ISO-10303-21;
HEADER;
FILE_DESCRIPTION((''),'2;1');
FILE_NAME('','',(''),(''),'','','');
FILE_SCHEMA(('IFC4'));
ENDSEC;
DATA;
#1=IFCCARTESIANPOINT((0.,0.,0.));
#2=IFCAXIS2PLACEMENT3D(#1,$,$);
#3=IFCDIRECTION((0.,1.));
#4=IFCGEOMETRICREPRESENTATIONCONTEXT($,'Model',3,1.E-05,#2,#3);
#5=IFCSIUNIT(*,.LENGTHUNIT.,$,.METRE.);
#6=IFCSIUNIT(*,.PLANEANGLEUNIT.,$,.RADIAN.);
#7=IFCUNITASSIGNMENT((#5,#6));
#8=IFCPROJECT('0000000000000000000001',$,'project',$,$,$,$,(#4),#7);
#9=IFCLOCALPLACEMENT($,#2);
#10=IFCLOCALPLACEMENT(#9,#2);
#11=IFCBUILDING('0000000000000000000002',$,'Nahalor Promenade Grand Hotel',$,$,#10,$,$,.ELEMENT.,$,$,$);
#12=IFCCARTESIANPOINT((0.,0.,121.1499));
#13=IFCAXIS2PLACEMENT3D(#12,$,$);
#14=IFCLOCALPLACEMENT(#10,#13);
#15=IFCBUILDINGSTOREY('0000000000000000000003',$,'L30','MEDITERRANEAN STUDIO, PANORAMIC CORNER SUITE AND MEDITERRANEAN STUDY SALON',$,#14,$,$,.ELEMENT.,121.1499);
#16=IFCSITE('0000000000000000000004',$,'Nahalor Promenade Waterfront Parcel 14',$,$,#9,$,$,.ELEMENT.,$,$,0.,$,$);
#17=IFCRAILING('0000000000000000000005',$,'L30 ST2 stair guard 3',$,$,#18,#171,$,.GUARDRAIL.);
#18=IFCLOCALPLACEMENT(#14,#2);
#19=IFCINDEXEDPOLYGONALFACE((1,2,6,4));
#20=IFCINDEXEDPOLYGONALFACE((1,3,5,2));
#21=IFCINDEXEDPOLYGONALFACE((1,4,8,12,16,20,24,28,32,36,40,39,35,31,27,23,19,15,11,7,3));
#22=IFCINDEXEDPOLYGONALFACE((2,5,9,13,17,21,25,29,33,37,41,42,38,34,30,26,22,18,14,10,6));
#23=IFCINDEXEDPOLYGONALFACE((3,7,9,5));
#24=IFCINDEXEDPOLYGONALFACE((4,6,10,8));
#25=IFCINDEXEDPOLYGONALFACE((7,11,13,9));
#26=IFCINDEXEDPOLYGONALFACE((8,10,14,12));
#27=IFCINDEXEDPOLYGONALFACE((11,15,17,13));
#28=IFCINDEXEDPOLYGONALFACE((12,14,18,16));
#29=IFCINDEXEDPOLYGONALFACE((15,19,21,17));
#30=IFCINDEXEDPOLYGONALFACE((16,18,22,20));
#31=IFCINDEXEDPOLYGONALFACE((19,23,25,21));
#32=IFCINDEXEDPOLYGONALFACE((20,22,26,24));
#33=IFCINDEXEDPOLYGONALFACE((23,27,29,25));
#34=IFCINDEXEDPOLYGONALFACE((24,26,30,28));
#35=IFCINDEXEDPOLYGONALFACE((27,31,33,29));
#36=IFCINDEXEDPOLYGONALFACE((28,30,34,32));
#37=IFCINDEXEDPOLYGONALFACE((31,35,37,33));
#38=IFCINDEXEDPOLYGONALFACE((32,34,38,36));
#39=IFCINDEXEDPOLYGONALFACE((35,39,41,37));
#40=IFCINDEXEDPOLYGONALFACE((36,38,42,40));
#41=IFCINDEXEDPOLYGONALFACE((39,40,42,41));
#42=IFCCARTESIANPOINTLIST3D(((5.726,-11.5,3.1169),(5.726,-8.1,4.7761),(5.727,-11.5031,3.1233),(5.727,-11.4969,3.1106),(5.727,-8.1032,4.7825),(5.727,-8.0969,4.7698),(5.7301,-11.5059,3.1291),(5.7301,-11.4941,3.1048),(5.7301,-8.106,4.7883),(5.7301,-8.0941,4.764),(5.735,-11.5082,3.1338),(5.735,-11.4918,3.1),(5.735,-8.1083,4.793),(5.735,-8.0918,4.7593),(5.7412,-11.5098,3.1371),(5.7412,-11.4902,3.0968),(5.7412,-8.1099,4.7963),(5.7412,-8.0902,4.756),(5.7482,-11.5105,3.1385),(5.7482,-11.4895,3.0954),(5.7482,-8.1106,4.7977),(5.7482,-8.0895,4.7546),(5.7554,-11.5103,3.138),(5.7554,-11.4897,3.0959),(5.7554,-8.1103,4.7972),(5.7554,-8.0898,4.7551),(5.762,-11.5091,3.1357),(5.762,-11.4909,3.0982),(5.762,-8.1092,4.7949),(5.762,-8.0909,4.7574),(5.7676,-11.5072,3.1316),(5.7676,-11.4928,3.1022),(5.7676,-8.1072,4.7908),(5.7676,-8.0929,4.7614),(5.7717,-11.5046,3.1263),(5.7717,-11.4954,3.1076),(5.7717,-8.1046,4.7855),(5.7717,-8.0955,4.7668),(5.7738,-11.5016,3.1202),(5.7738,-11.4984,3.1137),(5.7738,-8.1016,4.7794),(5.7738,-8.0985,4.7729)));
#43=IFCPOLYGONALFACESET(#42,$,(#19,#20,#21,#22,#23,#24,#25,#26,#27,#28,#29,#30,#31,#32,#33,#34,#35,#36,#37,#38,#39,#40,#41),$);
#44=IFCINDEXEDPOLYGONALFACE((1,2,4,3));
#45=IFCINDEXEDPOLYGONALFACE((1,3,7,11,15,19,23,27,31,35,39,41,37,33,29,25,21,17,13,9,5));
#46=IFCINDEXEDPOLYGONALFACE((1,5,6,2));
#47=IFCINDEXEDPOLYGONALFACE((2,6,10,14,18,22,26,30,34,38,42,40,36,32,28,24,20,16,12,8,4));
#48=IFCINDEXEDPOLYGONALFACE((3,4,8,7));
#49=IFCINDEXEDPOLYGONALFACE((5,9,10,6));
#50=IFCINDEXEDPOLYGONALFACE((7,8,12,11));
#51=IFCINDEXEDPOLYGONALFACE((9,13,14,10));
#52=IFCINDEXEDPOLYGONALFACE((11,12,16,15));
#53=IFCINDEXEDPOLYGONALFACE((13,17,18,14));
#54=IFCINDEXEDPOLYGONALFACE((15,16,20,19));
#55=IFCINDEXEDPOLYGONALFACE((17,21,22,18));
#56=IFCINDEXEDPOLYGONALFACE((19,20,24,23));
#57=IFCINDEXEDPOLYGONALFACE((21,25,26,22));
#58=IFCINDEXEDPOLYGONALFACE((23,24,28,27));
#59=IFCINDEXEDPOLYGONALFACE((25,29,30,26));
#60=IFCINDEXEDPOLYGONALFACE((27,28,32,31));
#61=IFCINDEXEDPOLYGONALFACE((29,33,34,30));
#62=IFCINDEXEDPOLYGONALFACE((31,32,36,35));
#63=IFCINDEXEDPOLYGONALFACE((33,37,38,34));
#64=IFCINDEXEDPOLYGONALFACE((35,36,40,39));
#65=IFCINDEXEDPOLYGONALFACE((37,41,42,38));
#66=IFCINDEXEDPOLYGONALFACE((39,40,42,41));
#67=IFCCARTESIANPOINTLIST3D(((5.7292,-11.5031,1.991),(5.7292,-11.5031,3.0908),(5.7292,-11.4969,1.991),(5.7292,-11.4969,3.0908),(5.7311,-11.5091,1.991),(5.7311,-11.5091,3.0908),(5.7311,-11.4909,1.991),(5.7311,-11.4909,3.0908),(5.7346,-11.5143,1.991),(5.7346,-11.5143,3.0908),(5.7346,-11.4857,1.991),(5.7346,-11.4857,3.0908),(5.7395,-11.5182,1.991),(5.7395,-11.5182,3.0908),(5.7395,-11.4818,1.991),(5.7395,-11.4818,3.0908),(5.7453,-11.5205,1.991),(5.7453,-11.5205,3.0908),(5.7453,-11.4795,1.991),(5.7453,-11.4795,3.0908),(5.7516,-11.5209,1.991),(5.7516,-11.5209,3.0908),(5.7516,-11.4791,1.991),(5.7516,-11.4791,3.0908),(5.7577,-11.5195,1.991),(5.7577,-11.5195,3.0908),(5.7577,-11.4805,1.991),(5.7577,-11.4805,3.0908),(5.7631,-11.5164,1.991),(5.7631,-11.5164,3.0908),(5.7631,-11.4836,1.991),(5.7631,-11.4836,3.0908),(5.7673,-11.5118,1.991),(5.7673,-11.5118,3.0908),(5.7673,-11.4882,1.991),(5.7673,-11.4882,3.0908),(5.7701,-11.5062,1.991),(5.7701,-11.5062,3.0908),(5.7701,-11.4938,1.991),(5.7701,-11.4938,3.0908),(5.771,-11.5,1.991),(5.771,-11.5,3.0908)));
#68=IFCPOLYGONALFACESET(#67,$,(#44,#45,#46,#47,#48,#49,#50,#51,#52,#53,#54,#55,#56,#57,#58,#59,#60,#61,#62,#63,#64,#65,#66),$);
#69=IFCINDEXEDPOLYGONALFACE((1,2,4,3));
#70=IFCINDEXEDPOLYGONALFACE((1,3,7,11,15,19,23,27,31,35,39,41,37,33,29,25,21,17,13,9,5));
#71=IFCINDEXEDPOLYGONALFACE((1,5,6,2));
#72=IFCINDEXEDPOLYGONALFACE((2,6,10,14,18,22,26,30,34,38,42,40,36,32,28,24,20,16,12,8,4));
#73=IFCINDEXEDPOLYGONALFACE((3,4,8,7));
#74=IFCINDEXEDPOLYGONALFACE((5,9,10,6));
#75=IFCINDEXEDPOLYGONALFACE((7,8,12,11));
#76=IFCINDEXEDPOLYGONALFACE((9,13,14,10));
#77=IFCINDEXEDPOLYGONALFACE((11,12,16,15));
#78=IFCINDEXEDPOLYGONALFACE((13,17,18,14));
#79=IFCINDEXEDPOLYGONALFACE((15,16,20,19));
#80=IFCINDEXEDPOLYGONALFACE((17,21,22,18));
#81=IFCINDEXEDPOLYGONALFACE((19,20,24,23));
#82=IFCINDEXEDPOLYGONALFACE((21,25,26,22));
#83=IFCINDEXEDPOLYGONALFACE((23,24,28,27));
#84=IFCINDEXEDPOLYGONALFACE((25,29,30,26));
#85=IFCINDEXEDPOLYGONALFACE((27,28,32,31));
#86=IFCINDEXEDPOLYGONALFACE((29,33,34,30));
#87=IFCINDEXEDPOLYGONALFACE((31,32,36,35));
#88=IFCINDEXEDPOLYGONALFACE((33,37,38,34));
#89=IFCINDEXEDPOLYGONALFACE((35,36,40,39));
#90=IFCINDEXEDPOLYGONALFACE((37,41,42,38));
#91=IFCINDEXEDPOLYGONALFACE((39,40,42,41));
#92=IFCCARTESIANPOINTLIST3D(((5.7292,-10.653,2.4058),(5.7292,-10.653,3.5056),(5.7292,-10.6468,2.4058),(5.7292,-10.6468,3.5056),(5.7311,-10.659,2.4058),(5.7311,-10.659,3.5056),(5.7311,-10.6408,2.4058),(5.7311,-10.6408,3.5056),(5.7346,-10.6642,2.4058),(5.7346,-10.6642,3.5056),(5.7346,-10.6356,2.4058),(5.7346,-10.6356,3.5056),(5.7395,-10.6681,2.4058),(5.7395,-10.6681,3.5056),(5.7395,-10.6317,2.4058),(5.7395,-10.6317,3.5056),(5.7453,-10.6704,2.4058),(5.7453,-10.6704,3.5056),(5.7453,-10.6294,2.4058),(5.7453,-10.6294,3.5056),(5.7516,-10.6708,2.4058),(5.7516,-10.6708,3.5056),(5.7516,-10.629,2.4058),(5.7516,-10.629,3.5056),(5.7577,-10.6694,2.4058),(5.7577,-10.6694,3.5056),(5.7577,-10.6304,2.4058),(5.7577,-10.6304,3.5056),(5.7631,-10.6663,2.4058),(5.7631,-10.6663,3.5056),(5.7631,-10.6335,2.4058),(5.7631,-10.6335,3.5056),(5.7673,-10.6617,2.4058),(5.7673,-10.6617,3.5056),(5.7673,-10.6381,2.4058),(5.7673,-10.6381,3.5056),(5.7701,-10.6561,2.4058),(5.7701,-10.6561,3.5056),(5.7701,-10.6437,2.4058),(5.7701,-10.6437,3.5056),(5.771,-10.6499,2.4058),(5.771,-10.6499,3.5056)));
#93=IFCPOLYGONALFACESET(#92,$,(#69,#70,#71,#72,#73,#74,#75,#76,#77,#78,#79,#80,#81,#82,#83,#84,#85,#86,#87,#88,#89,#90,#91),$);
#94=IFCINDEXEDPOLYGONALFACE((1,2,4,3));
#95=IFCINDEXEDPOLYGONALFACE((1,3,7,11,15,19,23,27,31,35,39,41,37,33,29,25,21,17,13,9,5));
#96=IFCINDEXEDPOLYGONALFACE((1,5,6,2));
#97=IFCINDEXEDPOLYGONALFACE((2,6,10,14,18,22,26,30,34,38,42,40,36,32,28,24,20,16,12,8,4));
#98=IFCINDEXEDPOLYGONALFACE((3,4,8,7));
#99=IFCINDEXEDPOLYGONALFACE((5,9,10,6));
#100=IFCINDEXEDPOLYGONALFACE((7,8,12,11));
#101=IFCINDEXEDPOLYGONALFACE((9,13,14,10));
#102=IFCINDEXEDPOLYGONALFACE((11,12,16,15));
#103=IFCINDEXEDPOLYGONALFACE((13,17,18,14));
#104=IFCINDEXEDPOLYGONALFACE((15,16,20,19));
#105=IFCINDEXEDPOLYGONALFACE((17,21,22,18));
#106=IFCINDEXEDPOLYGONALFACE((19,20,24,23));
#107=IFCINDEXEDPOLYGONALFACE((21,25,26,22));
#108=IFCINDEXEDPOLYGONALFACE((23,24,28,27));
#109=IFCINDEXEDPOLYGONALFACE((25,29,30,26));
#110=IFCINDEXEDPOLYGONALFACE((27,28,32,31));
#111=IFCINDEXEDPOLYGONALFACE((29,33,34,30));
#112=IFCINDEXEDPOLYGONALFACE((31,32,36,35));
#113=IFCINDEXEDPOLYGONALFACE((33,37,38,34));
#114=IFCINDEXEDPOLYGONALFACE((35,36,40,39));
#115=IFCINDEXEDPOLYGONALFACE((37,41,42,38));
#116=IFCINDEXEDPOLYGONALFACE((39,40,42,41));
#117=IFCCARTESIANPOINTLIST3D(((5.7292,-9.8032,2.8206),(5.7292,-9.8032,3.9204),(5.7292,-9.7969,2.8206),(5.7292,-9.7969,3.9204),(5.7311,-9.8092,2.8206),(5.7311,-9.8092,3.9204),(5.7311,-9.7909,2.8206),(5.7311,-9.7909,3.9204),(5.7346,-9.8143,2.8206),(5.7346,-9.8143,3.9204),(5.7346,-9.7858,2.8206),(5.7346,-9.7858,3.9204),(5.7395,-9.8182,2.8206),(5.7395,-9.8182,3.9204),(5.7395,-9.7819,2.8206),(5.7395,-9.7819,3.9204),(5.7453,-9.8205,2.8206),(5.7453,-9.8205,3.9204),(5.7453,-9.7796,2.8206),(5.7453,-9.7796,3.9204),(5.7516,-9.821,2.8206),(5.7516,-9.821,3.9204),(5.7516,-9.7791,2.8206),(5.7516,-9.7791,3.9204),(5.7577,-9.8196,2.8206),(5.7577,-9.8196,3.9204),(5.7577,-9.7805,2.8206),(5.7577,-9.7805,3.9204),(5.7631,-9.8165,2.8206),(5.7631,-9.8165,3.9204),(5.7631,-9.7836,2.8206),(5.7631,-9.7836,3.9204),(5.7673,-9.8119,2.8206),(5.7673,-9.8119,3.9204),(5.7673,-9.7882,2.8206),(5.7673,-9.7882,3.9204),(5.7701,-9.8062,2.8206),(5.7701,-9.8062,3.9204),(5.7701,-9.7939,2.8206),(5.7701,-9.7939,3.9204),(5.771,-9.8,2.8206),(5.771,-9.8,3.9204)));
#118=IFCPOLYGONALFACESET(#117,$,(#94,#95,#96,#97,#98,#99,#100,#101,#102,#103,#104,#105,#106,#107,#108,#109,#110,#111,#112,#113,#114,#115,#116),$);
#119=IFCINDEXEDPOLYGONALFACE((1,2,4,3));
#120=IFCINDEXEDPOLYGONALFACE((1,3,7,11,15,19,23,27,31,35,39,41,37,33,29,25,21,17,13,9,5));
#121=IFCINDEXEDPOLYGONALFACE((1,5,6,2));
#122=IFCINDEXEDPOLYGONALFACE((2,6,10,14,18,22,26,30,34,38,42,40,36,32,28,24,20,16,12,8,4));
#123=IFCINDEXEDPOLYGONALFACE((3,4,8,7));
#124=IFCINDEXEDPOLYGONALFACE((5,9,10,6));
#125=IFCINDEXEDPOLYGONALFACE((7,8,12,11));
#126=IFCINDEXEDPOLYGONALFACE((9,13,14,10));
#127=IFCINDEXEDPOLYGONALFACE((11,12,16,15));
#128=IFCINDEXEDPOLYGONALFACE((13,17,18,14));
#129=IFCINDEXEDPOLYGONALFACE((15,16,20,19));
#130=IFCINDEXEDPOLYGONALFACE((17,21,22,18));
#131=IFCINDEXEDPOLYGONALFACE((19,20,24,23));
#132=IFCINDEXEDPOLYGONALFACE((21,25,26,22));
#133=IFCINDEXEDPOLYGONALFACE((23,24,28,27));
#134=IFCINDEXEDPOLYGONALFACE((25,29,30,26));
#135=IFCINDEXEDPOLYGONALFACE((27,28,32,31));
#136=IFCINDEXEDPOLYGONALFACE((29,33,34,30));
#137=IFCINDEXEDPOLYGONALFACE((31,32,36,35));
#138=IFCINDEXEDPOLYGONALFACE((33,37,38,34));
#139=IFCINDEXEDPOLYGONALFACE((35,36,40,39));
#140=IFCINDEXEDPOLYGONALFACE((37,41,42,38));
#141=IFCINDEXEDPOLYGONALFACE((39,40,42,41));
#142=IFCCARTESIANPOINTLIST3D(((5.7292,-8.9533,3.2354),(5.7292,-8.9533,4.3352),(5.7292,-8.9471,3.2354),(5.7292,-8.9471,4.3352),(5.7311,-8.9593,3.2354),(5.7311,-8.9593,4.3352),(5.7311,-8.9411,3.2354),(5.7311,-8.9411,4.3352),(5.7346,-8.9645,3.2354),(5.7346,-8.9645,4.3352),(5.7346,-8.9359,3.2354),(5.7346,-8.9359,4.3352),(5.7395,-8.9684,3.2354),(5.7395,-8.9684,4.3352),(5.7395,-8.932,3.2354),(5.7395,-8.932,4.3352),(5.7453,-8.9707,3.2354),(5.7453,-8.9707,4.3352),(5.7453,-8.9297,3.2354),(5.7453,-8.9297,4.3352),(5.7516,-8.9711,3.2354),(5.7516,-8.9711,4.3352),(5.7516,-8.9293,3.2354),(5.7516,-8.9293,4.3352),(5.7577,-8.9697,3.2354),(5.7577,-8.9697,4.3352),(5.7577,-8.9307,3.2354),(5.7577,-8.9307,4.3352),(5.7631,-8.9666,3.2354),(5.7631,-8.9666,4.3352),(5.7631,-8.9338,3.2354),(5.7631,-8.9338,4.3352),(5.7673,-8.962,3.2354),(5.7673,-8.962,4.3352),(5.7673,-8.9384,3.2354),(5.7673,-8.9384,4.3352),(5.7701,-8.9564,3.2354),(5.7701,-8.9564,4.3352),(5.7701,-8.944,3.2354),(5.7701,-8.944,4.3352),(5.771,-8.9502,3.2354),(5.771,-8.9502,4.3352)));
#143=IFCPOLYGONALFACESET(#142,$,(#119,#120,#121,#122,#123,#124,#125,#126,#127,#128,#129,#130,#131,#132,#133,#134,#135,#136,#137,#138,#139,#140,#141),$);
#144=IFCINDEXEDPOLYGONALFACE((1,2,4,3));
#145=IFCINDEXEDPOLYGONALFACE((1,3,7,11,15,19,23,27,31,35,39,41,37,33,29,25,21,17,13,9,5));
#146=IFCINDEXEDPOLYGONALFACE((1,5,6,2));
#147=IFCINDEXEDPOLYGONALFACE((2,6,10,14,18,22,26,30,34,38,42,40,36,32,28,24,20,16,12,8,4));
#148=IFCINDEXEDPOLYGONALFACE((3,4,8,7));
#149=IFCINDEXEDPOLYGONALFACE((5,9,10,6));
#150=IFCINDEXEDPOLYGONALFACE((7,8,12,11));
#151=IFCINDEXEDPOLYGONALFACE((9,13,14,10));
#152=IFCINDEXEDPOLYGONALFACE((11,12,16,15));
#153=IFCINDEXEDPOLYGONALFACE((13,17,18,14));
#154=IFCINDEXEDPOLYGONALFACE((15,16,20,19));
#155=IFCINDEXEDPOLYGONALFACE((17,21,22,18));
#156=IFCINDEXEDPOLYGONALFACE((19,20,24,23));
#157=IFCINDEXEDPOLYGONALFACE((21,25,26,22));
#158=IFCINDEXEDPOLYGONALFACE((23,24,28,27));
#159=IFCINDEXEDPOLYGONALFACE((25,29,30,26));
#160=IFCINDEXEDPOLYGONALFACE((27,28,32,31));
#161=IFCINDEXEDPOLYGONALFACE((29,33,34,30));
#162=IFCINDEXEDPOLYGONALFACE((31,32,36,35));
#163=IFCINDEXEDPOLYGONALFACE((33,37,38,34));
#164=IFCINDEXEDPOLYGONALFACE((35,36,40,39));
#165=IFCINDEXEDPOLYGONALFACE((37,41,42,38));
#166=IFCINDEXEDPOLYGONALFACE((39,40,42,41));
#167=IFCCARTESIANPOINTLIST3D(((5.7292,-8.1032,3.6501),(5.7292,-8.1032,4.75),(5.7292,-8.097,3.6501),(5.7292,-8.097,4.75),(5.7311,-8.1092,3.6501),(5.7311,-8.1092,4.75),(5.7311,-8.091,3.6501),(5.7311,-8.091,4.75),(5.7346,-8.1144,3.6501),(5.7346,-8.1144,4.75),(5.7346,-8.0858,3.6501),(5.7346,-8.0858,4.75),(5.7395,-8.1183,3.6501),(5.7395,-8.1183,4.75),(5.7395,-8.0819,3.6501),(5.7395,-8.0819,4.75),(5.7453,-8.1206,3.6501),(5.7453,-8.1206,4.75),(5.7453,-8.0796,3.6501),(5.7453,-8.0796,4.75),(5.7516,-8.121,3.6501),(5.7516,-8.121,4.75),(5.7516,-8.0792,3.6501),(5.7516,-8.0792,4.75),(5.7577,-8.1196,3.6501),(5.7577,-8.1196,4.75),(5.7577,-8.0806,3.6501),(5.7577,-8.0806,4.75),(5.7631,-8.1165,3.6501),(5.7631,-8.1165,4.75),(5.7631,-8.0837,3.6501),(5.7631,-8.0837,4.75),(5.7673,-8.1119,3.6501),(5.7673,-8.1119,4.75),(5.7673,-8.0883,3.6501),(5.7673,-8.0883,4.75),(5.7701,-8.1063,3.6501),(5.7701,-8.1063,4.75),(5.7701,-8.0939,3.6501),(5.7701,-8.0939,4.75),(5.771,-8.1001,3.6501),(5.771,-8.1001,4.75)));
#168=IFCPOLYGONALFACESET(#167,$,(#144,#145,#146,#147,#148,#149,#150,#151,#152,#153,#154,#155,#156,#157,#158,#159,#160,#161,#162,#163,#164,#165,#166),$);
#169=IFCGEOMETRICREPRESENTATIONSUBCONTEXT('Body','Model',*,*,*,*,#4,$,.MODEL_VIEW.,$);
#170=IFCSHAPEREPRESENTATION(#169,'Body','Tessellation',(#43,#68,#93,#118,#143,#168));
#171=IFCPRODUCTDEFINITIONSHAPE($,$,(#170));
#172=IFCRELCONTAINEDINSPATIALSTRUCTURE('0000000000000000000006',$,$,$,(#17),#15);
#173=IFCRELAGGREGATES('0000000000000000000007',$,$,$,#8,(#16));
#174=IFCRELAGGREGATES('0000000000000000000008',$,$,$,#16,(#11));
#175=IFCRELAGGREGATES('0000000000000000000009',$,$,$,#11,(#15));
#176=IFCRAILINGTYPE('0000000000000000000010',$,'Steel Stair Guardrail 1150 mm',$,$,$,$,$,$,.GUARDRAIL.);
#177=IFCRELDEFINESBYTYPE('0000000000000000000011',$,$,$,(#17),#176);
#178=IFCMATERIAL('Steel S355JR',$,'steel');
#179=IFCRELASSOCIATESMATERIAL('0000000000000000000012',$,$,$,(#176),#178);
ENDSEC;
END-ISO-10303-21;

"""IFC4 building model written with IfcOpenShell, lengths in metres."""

from ifc_helpers import new_model, si_unit, direction, frame, origin, origin_2d, place, context, subcontext, project, spatial, circle, extrude, material, type_object, element, save


model = new_model("IFC4")

# Units and contexts
model_context = context("Model", 3, precision=1e-05, world=origin(), true_north=direction((0.0, 1.0)))
body_context = subcontext(model_context, "Body", "Model", "MODEL_VIEW")
ifc_project = project(units=[si_unit("LENGTHUNIT", "METRE"), si_unit("PLANEANGLEUNIT", "RADIAN")], contexts=[model_context])

# Site, building, storey
site_placement = place(None, origin())
site = spatial("IfcSite", under=ifc_project, at=site_placement, Name="Nahalor Promenade Waterfront Parcel 14", CompositionType="ELEMENT", RefElevation=0.0)
building_placement = place(site_placement, origin())
building = spatial("IfcBuilding", under=site, at=building_placement, Name="Nahalor Promenade Grand Hotel", CompositionType="ELEMENT")
storey_placement = place(building_placement, frame((0.0, 0.0, 121.1499)))
storey = spatial("IfcBuildingStorey", under=building, at=storey_placement, Name="L30", Description="MEDITERRANEAN STUDIO, PANORAMIC CORNER SUITE AND MEDITERRANEAN STUDY SALON", CompositionType="ELEMENT", Elevation=121.1499)

# Shared definitions
ifc_material_1 = material(Name="Steel S355JR", Category="steel")

# Railing
railing_type_1 = type_object("IfcRailingType", Name="Steel Stair Guardrail 1150 mm", PredefinedType="GUARDRAIL", material=ifc_material_1)
railing_1_placement = place(storey_placement, frame((5.75, -11.5, 1.991)))
element("IfcRailing", 1, at=railing_1_placement, inside=storey, type_object=railing_type_1, Name="L30 ST2 stair guard 3", PredefinedType="GUARDRAIL", context=body_context, shape_type="SweptSolid", body=[
    extrude(circle(Radius=0.024, at=origin_2d()), frame((0.0, 0.0, 1.126), z_axis=(0.0, 0.898696, 0.438571), x_axis=(-1.0, 0.0, 0.0)), (0.0, 0.0, 1.0), 3.7832),
    extrude(circle(Radius=0.021, at=origin_2d()), origin(), (0.0, 0.0, 1.0), 1.0999),
    extrude(circle(Radius=0.021, at=origin_2d()), frame((0.0, 0.8501, 0.4148)), (0.0, 0.0, 1.0), 1.0999),
    extrude(circle(Radius=0.021, at=origin_2d()), frame((0.0, 1.7, 0.8296)), (0.0, 0.0, 1.0), 1.0999),
    extrude(circle(Radius=0.021, at=origin_2d()), frame((0.0, 2.5498, 1.2444)), (0.0, 0.0, 1.0), 1.0999),
    extrude(circle(Radius=0.021, at=origin_2d()), frame((0.0, 3.3999, 1.6592)), (0.0, 0.0, 1.0), 1.0999),
])

save(model, "model.ifc")
